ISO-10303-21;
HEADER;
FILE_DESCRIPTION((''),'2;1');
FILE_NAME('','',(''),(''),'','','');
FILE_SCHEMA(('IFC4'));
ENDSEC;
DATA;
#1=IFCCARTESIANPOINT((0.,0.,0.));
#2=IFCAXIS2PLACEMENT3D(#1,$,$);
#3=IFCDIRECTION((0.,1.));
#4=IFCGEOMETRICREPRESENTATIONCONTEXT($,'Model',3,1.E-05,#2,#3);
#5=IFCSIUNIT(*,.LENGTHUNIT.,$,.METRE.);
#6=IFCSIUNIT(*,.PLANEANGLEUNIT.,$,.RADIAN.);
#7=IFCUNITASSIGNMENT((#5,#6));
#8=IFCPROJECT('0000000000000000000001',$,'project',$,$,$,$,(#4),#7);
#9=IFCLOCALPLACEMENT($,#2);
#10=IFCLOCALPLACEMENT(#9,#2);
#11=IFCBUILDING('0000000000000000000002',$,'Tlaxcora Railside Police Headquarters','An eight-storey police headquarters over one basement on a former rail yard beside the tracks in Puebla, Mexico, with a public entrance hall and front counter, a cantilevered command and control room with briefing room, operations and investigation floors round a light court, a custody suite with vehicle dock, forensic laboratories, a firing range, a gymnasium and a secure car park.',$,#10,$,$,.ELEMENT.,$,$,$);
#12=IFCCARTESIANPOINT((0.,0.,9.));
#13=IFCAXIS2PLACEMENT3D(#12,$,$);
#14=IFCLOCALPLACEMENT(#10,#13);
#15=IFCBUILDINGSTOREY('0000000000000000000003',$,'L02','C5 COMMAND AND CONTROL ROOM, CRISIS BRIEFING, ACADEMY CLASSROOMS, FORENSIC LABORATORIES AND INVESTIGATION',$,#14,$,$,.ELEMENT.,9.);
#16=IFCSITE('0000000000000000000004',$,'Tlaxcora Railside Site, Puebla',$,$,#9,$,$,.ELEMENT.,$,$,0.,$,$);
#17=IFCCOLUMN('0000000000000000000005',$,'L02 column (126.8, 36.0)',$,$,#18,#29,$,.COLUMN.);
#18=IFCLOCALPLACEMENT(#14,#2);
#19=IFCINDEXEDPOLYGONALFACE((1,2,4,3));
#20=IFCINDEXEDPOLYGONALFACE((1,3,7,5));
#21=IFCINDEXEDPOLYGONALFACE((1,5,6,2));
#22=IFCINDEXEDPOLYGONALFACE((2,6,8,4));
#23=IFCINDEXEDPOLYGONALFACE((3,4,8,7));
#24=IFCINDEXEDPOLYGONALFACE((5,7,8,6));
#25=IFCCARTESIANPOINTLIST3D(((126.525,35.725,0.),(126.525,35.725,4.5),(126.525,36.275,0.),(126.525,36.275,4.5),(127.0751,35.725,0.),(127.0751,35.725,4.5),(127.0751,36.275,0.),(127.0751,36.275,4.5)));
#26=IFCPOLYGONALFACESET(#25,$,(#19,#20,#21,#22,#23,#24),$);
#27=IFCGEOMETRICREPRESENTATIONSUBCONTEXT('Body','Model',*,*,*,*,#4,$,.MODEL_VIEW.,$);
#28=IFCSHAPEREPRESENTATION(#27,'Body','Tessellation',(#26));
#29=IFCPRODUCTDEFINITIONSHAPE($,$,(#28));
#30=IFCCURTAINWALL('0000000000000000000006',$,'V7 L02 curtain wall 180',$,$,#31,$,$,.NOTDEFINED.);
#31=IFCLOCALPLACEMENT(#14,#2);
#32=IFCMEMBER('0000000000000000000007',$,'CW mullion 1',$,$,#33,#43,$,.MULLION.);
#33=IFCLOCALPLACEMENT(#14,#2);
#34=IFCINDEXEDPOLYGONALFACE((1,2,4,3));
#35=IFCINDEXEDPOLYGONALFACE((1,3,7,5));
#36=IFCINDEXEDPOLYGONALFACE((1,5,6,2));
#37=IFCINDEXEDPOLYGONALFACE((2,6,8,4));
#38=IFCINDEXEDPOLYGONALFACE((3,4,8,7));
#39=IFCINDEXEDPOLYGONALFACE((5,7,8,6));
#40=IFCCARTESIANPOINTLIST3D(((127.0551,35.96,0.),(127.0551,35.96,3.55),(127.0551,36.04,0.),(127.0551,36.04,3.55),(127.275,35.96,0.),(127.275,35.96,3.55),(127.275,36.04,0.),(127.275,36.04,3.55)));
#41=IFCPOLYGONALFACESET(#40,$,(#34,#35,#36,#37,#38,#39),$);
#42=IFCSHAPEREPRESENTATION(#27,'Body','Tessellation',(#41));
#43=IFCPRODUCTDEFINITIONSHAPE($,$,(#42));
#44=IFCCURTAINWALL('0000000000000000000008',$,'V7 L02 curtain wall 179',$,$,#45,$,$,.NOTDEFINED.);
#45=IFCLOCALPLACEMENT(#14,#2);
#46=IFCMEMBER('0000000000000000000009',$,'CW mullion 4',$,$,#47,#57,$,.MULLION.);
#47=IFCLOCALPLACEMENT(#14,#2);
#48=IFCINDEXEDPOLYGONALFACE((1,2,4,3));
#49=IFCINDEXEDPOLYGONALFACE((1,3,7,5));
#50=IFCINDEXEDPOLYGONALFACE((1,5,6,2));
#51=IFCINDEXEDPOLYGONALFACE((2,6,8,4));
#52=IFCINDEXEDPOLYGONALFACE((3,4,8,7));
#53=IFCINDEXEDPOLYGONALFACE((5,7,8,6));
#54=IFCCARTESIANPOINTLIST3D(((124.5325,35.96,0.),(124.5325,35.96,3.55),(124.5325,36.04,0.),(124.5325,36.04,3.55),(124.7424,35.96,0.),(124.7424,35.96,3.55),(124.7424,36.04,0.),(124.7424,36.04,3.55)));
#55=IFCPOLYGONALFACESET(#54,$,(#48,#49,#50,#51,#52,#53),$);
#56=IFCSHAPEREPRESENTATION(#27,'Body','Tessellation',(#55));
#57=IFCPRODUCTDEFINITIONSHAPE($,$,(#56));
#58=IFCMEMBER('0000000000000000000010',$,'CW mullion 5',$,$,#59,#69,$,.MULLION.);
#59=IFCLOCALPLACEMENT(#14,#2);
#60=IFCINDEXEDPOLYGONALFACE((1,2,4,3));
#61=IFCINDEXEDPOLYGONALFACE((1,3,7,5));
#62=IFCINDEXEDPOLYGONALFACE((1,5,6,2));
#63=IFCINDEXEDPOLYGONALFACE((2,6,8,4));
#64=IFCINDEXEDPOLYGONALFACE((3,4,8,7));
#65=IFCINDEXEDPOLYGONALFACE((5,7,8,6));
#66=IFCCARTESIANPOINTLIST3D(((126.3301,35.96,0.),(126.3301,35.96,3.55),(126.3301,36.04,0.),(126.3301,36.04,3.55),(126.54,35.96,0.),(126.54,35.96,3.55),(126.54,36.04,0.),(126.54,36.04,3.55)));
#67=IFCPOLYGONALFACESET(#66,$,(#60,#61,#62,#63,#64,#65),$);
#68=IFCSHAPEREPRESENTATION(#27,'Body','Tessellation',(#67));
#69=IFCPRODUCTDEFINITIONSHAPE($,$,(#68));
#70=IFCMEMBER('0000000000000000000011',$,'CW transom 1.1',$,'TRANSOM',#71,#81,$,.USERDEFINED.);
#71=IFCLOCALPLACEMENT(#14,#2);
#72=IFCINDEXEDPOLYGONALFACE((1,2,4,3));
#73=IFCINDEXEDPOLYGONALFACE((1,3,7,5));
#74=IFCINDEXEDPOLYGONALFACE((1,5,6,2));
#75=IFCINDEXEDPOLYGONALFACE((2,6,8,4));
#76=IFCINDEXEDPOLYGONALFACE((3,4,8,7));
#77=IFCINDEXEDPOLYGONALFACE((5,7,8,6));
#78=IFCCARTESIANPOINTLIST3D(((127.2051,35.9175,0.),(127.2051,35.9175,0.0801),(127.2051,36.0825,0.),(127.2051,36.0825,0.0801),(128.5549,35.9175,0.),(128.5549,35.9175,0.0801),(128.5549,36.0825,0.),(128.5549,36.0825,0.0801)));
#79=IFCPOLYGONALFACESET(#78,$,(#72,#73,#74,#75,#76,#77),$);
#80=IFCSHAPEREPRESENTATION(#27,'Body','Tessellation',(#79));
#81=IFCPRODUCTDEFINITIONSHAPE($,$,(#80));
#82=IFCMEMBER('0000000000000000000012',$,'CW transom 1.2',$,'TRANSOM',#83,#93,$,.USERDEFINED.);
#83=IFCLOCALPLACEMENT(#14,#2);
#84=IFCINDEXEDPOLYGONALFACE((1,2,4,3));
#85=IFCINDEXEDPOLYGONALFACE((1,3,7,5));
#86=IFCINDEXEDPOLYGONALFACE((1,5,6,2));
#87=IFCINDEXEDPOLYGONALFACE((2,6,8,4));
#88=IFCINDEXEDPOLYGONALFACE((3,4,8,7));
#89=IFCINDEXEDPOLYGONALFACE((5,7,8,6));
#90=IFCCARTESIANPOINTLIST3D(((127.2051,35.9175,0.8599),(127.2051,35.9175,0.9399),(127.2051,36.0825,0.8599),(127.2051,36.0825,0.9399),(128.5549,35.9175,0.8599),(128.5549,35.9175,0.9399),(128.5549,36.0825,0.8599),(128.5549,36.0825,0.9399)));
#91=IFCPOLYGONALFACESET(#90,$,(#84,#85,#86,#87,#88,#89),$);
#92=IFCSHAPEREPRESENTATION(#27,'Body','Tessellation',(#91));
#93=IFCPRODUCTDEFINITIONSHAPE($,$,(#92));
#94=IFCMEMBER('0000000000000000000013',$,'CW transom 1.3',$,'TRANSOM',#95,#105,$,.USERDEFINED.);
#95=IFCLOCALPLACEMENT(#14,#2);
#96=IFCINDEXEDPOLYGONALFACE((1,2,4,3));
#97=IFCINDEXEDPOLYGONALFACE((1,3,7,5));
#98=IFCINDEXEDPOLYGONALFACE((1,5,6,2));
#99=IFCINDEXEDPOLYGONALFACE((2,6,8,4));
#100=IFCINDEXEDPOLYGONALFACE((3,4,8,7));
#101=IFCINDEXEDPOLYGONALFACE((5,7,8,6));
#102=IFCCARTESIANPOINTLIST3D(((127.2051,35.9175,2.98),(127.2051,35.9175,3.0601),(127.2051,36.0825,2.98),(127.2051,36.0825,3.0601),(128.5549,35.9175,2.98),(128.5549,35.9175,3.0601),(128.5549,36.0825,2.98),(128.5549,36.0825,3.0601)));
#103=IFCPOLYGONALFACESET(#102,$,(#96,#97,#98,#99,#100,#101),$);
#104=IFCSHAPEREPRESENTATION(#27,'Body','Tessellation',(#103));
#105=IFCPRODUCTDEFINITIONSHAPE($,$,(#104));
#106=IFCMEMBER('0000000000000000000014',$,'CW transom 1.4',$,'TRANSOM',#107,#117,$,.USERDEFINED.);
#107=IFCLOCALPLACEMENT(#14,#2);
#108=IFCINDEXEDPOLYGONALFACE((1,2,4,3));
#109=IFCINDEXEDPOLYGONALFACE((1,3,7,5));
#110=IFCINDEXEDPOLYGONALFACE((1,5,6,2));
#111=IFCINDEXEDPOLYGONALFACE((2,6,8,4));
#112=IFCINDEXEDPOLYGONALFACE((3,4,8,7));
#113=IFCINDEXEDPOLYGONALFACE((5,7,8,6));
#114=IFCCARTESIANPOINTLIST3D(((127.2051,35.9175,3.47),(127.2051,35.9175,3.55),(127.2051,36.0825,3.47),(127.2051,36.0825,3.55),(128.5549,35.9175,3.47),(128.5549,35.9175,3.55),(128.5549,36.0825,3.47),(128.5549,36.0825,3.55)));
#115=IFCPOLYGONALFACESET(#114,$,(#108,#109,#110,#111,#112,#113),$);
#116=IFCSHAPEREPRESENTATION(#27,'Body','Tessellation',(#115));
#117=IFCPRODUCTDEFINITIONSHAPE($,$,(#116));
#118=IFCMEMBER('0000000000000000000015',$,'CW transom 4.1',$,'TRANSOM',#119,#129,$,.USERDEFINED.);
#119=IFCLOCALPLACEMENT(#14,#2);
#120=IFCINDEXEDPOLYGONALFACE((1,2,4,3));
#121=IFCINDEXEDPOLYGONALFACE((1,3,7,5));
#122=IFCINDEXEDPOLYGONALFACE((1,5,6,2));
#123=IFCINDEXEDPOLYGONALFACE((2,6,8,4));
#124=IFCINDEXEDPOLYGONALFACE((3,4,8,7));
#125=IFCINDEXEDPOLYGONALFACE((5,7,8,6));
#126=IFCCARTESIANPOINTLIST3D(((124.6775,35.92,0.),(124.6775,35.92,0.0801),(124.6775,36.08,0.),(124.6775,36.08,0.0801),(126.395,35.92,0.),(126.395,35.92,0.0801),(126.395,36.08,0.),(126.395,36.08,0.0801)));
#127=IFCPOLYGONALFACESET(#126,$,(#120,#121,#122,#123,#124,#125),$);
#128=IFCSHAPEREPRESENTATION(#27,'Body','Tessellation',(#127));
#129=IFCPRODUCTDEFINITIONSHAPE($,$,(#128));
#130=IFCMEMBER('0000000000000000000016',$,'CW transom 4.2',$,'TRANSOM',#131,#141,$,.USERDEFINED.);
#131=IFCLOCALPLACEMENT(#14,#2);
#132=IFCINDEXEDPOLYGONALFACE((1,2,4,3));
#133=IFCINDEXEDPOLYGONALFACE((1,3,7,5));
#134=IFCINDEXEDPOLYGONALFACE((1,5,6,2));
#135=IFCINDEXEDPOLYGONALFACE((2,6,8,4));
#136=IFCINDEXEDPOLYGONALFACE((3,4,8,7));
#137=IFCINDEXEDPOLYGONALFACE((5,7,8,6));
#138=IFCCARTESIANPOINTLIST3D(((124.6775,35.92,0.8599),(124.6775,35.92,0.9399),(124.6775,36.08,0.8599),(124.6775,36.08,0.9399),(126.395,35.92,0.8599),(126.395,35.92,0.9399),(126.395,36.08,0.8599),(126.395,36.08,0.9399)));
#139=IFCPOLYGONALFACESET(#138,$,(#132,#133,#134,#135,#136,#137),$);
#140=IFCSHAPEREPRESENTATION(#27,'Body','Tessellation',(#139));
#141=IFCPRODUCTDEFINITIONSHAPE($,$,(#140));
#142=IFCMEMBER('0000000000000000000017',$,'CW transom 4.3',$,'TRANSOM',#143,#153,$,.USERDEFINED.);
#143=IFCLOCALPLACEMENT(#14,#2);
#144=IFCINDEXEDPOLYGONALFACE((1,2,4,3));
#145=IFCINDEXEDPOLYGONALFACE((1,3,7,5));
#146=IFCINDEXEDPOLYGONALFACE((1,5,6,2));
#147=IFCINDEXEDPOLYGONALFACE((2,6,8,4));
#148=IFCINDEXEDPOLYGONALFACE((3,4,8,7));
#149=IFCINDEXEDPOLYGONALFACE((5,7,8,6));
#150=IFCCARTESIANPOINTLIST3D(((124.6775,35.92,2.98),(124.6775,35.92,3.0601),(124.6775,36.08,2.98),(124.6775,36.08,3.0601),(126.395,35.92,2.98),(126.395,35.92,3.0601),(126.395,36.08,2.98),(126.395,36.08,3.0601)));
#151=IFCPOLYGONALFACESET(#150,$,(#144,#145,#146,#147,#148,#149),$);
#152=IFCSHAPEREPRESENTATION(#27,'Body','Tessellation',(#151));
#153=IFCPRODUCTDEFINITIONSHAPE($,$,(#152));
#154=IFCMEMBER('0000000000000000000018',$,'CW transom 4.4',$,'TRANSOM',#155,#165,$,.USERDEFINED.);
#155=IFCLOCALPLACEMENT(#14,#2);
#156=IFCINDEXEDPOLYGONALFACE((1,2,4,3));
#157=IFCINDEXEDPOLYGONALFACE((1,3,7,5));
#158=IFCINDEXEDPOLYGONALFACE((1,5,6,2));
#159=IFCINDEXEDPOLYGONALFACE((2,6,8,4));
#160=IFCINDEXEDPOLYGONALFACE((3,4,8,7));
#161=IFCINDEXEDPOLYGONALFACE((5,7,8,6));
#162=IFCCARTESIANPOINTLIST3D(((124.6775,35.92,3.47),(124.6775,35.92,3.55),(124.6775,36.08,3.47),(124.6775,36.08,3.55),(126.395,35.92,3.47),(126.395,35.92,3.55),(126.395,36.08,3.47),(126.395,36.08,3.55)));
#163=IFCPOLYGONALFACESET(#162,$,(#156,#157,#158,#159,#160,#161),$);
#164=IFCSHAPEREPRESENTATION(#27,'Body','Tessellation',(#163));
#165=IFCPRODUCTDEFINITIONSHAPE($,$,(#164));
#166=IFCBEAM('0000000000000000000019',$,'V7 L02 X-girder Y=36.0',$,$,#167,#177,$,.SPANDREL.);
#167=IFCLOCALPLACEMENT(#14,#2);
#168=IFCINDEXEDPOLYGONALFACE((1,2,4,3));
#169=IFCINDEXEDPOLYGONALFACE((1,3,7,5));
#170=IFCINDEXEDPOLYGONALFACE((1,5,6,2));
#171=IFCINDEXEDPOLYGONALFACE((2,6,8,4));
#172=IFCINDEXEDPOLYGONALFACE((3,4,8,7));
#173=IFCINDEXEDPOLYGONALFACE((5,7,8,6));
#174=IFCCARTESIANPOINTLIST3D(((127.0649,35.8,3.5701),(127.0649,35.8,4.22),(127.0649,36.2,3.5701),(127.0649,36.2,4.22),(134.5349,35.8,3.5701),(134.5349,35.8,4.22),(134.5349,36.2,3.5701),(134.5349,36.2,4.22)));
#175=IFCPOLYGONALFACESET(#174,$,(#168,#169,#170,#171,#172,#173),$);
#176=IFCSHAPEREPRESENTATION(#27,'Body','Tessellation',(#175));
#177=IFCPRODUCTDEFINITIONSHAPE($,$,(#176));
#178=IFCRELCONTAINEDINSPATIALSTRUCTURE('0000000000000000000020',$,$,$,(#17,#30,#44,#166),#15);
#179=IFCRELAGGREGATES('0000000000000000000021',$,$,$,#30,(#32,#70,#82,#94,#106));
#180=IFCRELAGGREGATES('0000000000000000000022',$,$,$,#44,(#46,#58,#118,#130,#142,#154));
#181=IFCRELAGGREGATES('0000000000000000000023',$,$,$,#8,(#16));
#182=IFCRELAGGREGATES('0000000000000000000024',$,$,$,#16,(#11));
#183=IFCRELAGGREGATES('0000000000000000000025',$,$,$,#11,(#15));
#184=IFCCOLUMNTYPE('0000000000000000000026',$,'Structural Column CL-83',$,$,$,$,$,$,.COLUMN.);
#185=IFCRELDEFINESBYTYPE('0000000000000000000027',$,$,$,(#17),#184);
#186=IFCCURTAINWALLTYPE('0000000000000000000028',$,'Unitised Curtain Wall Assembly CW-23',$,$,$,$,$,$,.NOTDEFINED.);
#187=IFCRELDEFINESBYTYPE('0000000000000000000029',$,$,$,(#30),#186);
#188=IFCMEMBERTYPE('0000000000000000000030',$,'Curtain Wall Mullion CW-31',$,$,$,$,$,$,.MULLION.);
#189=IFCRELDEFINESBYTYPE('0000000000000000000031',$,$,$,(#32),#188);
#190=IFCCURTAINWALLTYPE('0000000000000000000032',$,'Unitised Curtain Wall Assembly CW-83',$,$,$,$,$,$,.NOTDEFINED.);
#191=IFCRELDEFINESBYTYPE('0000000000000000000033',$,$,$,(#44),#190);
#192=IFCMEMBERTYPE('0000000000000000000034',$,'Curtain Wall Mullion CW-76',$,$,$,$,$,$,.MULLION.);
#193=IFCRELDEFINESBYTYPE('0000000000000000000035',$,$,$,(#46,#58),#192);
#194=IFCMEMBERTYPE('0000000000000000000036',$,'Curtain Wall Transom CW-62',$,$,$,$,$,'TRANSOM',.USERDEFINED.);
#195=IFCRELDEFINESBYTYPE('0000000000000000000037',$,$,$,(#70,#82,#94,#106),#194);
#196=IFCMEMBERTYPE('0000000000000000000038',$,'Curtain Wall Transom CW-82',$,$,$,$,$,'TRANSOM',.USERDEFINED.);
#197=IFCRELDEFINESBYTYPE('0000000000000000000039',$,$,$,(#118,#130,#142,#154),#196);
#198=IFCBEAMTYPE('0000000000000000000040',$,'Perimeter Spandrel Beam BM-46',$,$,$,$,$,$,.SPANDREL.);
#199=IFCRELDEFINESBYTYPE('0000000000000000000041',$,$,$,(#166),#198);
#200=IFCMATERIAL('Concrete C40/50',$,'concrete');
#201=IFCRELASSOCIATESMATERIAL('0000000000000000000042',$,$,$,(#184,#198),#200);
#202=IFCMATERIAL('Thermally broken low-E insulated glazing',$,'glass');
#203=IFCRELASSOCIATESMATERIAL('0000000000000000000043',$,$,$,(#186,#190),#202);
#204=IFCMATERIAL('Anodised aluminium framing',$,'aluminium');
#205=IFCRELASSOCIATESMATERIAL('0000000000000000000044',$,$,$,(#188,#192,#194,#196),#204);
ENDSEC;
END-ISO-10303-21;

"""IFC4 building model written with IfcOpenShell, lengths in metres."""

from ifc_helpers import new_model, si_unit, direction, frame, origin, origin_2d, place, context, subcontext, project, spatial, rectangle, extrude, material, material_profile, profile_set, type_object, element, aggregate, save


model = new_model("IFC4")

# Units and contexts
model_context = context("Model", 3, precision=1e-05, world=origin(), true_north=direction((0.0, 1.0)))
body_context = subcontext(model_context, "Body", "Model", "MODEL_VIEW")
ifc_project = project(units=[si_unit("LENGTHUNIT", "METRE"), si_unit("PLANEANGLEUNIT", "RADIAN")], contexts=[model_context])

# Site, building, storey
site_placement = place(None, origin())
site = spatial("IfcSite", under=ifc_project, at=site_placement, Name="Tlaxcora Railside Site, Puebla", CompositionType="ELEMENT", RefElevation=0.0)
building_placement = place(site_placement, origin())
building = spatial("IfcBuilding", under=site, at=building_placement, Name="Tlaxcora Railside Police Headquarters", Description="An eight-storey police headquarters over one basement on a former rail yard beside the tracks in Puebla, Mexico, with a public entrance hall and front counter, a cantilevered command and control room with briefing room, operations and investigation floors round a light court, a custody suite with vehicle dock, forensic laboratories, a firing range, a gymnasium and a secure car park.", CompositionType="ELEMENT")
storey_placement = place(building_placement, frame((0.0, 0.0, 9.0)))
storey = spatial("IfcBuildingStorey", under=building, at=storey_placement, Name="L02", Description="C5 COMMAND AND CONTROL ROOM, CRISIS BRIEFING, ACADEMY CLASSROOMS, FORENSIC LABORATORIES AND INVESTIGATION", CompositionType="ELEMENT", Elevation=9.0)

# Column
ifc_material_1 = material(Name="Concrete C40/50", Category="concrete")
ifc_material_profile_1 = material_profile(ifc_material_1, rectangle(XDim=0.55, YDim=0.55, at=origin_2d()), Name="RC550X550")
ifc_profile_set_1 = profile_set([ifc_material_profile_1], Name="Concrete C40/50")
column_type = type_object("IfcColumnType", Name="Structural Column CL-83", PredefinedType="COLUMN", material=ifc_profile_set_1)
column_placement = place(storey_placement, frame((126.8, 36.0, 0.0), z_axis=(0.0, 0.0, 1.0), x_axis=(1.0, 0.0, 0.0)))
element("IfcColumn", 1, at=column_placement, inside=storey, type_object=column_type, Name="L02 column (126.8, 36.0)", PredefinedType="COLUMN", context=body_context, shape_type="SweptSolid", body=[
    extrude(rectangle(XDim=0.55, YDim=0.55, at=origin_2d()), origin(), (0.0, 0.0, 1.0), 4.5),
])

# Curtain wall, member
ifc_material_2 = material(Name="Thermally broken low-E insulated glazing", Category="glass")
curtain_wall_type_1 = type_object("IfcCurtainWallType", Name="Unitised Curtain Wall Assembly CW-23", PredefinedType="NOTDEFINED", material=ifc_material_2)
curtain_wall_1_placement = place(storey_placement, origin())
curtain_wall_1 = element("IfcCurtainWall", 2, at=curtain_wall_1_placement, inside=storey, type_object=curtain_wall_type_1, Name="V7 L02 curtain wall 180", PredefinedType="NOTDEFINED")
ifc_material_3 = material(Name="Anodised aluminium framing", Category="aluminium")
ifc_material_profile_2 = material_profile(ifc_material_3, rectangle(XDim=0.0801, YDim=0.22, at=origin_2d()), Name="AL80X220")
ifc_profile_set_2 = profile_set([ifc_material_profile_2], Name="Anodised aluminium framing")
member_type_1 = type_object("IfcMemberType", Name="Curtain Wall Mullion CW-31", PredefinedType="MULLION", material=ifc_profile_set_2)
member_1_placement = place(storey_placement, frame((127.165, 36.0, 0.0), z_axis=(0.0, 0.0, 1.0), x_axis=(0.0, 1.0, 0.0)))
member_1 = element("IfcMember", 3, at=member_1_placement, type_object=member_type_1, Name="CW mullion 1", PredefinedType="MULLION", context=body_context, shape_type="SweptSolid", body=[
    extrude(rectangle(XDim=0.0801, YDim=0.22, at=origin_2d()), origin(), (0.0, 0.0, 1.0), 3.55),
])

# Curtain wall, members
curtain_wall_type_2 = type_object("IfcCurtainWallType", Name="Unitised Curtain Wall Assembly CW-83", PredefinedType="NOTDEFINED", material=ifc_material_2)
curtain_wall_2_placement = place(storey_placement, origin())
curtain_wall_2 = element("IfcCurtainWall", 4, at=curtain_wall_2_placement, inside=storey, type_object=curtain_wall_type_2, Name="V7 L02 curtain wall 179", PredefinedType="NOTDEFINED")
ifc_material_profile_3 = material_profile(ifc_material_3, rectangle(XDim=0.0801, YDim=0.21, at=origin_2d()), Name="AL80X210")
ifc_profile_set_3 = profile_set([ifc_material_profile_3], Name="Anodised aluminium framing")
member_type_2 = type_object("IfcMemberType", Name="Curtain Wall Mullion CW-76", PredefinedType="MULLION", material=ifc_profile_set_3)
member_2_placement = place(storey_placement, frame((124.6375, 36.0, 0.0), z_axis=(0.0, 0.0, 1.0), x_axis=(0.0, 1.0, 0.0)))
member_2 = element("IfcMember", 5, at=member_2_placement, type_object=member_type_2, Name="CW mullion 4", PredefinedType="MULLION", context=body_context, shape_type="SweptSolid", body=[
    extrude(rectangle(XDim=0.0801, YDim=0.21, at=origin_2d()), origin(), (0.0, 0.0, 1.0), 3.55),
])
member_3_placement = place(storey_placement, frame((126.4351, 36.0, 0.0), z_axis=(0.0, 0.0, 1.0), x_axis=(0.0, 1.0, 0.0)))
member_3 = element("IfcMember", 6, at=member_3_placement, type_object=member_type_2, Name="CW mullion 5", PredefinedType="MULLION", context=body_context, shape_type="SweptSolid", body=[
    extrude(rectangle(XDim=0.0801, YDim=0.21, at=origin_2d()), origin(), (0.0, 0.0, 1.0), 3.55),
])

# Members
ifc_material_profile_4 = material_profile(ifc_material_3, rectangle(XDim=0.165, YDim=0.0801, at=origin_2d()), Name="AL80X165")
ifc_profile_set_4 = profile_set([ifc_material_profile_4], Name="Anodised aluminium framing")
member_type_3 = type_object("IfcMemberType", Name="Curtain Wall Transom CW-62", ElementType="TRANSOM", PredefinedType="USERDEFINED", material=ifc_profile_set_4)
member_4_placement = place(storey_placement, frame((127.2051, 36.0, 0.04), z_axis=(1.0, 0.0, 0.0), x_axis=(0.0, 1.0, 0.0)))
member_4 = element("IfcMember", 7, at=member_4_placement, type_object=member_type_3, Name="CW transom 1.1", ObjectType="TRANSOM", PredefinedType="USERDEFINED", context=body_context, shape_type="SweptSolid", body=[
    extrude(rectangle(XDim=0.165, YDim=0.0801, at=origin_2d()), origin(), (0.0, 0.0, 1.0), 1.3499),
])
member_5_placement = place(storey_placement, frame((127.2051, 36.0, 0.8999), z_axis=(1.0, 0.0, 0.0), x_axis=(0.0, 1.0, 0.0)))
member_5 = element("IfcMember", 8, at=member_5_placement, type_object=member_type_3, Name="CW transom 1.2", ObjectType="TRANSOM", PredefinedType="USERDEFINED", context=body_context, shape_type="SweptSolid", body=[
    extrude(rectangle(XDim=0.165, YDim=0.0801, at=origin_2d()), origin(), (0.0, 0.0, 1.0), 1.3499),
])
member_6_placement = place(storey_placement, frame((127.2051, 36.0, 3.02), z_axis=(1.0, 0.0, 0.0), x_axis=(0.0, 1.0, 0.0)))
member_6 = element("IfcMember", 9, at=member_6_placement, type_object=member_type_3, Name="CW transom 1.3", ObjectType="TRANSOM", PredefinedType="USERDEFINED", context=body_context, shape_type="SweptSolid", body=[
    extrude(rectangle(XDim=0.165, YDim=0.0801, at=origin_2d()), origin(), (0.0, 0.0, 1.0), 1.3499),
])
member_7_placement = place(storey_placement, frame((127.2051, 36.0, 3.51), z_axis=(1.0, 0.0, 0.0), x_axis=(0.0, 1.0, 0.0)))
member_7 = element("IfcMember", 10, at=member_7_placement, type_object=member_type_3, Name="CW transom 1.4", ObjectType="TRANSOM", PredefinedType="USERDEFINED", context=body_context, shape_type="SweptSolid", body=[
    extrude(rectangle(XDim=0.165, YDim=0.0801, at=origin_2d()), origin(), (0.0, 0.0, 1.0), 1.3499),
])
ifc_material_profile_5 = material_profile(ifc_material_3, rectangle(XDim=0.1599, YDim=0.0801, at=origin_2d()), Name="AL80X160")
ifc_profile_set_5 = profile_set([ifc_material_profile_5], Name="Anodised aluminium framing")
member_type_4 = type_object("IfcMemberType", Name="Curtain Wall Transom CW-82", ElementType="TRANSOM", PredefinedType="USERDEFINED", material=ifc_profile_set_5)
member_8_placement = place(storey_placement, frame((124.6775, 36.0, 0.04), z_axis=(1.0, 0.0, 0.0), x_axis=(0.0, 1.0, 0.0)))
member_8 = element("IfcMember", 11, at=member_8_placement, type_object=member_type_4, Name="CW transom 4.1", ObjectType="TRANSOM", PredefinedType="USERDEFINED", context=body_context, shape_type="SweptSolid", body=[
    extrude(rectangle(XDim=0.1599, YDim=0.0801, at=origin_2d()), origin(), (0.0, 0.0, 1.0), 1.7175),
])
member_9_placement = place(storey_placement, frame((124.6775, 36.0, 0.8999), z_axis=(1.0, 0.0, 0.0), x_axis=(0.0, 1.0, 0.0)))
member_9 = element("IfcMember", 12, at=member_9_placement, type_object=member_type_4, Name="CW transom 4.2", ObjectType="TRANSOM", PredefinedType="USERDEFINED", context=body_context, shape_type="SweptSolid", body=[
    extrude(rectangle(XDim=0.1599, YDim=0.0801, at=origin_2d()), origin(), (0.0, 0.0, 1.0), 1.7175),
])
member_10_placement = place(storey_placement, frame((124.6775, 36.0, 3.02), z_axis=(1.0, 0.0, 0.0), x_axis=(0.0, 1.0, 0.0)))
member_10 = element("IfcMember", 13, at=member_10_placement, type_object=member_type_4, Name="CW transom 4.3", ObjectType="TRANSOM", PredefinedType="USERDEFINED", context=body_context, shape_type="SweptSolid", body=[
    extrude(rectangle(XDim=0.1599, YDim=0.0801, at=origin_2d()), origin(), (0.0, 0.0, 1.0), 1.7175),
])
member_11_placement = place(storey_placement, frame((124.6775, 36.0, 3.51), z_axis=(1.0, 0.0, 0.0), x_axis=(0.0, 1.0, 0.0)))
member_11 = element("IfcMember", 14, at=member_11_placement, type_object=member_type_4, Name="CW transom 4.4", ObjectType="TRANSOM", PredefinedType="USERDEFINED", context=body_context, shape_type="SweptSolid", body=[
    extrude(rectangle(XDim=0.1599, YDim=0.0801, at=origin_2d()), origin(), (0.0, 0.0, 1.0), 1.7175),
])

# Beam
ifc_material_profile_6 = material_profile(ifc_material_1, rectangle(XDim=0.3999, YDim=0.6499, at=origin_2d()), Name="RC400X650")
ifc_profile_set_6 = profile_set([ifc_material_profile_6], Name="Concrete C40/50")
beam_type = type_object("IfcBeamType", Name="Perimeter Spandrel Beam BM-46", PredefinedType="SPANDREL", material=ifc_profile_set_6)
beam_placement = place(storey_placement, frame((127.0649, 36.0, 3.895), z_axis=(1.0, 0.0, 0.0), x_axis=(0.0, 1.0, 0.0)))
element("IfcBeam", 15, at=beam_placement, inside=storey, type_object=beam_type, Name="V7 L02 X-girder Y=36.0", PredefinedType="SPANDREL", context=body_context, shape_type="SweptSolid", body=[
    extrude(rectangle(XDim=0.3999, YDim=0.6499, at=origin_2d()), origin(), (0.0, 0.0, 1.0), 7.47),
])

aggregate(curtain_wall_1, [member_1, member_4, member_5, member_6, member_7])
aggregate(curtain_wall_2, [member_2, member_3, member_8, member_9, member_10, member_11])

save(model, "model.ifc")
